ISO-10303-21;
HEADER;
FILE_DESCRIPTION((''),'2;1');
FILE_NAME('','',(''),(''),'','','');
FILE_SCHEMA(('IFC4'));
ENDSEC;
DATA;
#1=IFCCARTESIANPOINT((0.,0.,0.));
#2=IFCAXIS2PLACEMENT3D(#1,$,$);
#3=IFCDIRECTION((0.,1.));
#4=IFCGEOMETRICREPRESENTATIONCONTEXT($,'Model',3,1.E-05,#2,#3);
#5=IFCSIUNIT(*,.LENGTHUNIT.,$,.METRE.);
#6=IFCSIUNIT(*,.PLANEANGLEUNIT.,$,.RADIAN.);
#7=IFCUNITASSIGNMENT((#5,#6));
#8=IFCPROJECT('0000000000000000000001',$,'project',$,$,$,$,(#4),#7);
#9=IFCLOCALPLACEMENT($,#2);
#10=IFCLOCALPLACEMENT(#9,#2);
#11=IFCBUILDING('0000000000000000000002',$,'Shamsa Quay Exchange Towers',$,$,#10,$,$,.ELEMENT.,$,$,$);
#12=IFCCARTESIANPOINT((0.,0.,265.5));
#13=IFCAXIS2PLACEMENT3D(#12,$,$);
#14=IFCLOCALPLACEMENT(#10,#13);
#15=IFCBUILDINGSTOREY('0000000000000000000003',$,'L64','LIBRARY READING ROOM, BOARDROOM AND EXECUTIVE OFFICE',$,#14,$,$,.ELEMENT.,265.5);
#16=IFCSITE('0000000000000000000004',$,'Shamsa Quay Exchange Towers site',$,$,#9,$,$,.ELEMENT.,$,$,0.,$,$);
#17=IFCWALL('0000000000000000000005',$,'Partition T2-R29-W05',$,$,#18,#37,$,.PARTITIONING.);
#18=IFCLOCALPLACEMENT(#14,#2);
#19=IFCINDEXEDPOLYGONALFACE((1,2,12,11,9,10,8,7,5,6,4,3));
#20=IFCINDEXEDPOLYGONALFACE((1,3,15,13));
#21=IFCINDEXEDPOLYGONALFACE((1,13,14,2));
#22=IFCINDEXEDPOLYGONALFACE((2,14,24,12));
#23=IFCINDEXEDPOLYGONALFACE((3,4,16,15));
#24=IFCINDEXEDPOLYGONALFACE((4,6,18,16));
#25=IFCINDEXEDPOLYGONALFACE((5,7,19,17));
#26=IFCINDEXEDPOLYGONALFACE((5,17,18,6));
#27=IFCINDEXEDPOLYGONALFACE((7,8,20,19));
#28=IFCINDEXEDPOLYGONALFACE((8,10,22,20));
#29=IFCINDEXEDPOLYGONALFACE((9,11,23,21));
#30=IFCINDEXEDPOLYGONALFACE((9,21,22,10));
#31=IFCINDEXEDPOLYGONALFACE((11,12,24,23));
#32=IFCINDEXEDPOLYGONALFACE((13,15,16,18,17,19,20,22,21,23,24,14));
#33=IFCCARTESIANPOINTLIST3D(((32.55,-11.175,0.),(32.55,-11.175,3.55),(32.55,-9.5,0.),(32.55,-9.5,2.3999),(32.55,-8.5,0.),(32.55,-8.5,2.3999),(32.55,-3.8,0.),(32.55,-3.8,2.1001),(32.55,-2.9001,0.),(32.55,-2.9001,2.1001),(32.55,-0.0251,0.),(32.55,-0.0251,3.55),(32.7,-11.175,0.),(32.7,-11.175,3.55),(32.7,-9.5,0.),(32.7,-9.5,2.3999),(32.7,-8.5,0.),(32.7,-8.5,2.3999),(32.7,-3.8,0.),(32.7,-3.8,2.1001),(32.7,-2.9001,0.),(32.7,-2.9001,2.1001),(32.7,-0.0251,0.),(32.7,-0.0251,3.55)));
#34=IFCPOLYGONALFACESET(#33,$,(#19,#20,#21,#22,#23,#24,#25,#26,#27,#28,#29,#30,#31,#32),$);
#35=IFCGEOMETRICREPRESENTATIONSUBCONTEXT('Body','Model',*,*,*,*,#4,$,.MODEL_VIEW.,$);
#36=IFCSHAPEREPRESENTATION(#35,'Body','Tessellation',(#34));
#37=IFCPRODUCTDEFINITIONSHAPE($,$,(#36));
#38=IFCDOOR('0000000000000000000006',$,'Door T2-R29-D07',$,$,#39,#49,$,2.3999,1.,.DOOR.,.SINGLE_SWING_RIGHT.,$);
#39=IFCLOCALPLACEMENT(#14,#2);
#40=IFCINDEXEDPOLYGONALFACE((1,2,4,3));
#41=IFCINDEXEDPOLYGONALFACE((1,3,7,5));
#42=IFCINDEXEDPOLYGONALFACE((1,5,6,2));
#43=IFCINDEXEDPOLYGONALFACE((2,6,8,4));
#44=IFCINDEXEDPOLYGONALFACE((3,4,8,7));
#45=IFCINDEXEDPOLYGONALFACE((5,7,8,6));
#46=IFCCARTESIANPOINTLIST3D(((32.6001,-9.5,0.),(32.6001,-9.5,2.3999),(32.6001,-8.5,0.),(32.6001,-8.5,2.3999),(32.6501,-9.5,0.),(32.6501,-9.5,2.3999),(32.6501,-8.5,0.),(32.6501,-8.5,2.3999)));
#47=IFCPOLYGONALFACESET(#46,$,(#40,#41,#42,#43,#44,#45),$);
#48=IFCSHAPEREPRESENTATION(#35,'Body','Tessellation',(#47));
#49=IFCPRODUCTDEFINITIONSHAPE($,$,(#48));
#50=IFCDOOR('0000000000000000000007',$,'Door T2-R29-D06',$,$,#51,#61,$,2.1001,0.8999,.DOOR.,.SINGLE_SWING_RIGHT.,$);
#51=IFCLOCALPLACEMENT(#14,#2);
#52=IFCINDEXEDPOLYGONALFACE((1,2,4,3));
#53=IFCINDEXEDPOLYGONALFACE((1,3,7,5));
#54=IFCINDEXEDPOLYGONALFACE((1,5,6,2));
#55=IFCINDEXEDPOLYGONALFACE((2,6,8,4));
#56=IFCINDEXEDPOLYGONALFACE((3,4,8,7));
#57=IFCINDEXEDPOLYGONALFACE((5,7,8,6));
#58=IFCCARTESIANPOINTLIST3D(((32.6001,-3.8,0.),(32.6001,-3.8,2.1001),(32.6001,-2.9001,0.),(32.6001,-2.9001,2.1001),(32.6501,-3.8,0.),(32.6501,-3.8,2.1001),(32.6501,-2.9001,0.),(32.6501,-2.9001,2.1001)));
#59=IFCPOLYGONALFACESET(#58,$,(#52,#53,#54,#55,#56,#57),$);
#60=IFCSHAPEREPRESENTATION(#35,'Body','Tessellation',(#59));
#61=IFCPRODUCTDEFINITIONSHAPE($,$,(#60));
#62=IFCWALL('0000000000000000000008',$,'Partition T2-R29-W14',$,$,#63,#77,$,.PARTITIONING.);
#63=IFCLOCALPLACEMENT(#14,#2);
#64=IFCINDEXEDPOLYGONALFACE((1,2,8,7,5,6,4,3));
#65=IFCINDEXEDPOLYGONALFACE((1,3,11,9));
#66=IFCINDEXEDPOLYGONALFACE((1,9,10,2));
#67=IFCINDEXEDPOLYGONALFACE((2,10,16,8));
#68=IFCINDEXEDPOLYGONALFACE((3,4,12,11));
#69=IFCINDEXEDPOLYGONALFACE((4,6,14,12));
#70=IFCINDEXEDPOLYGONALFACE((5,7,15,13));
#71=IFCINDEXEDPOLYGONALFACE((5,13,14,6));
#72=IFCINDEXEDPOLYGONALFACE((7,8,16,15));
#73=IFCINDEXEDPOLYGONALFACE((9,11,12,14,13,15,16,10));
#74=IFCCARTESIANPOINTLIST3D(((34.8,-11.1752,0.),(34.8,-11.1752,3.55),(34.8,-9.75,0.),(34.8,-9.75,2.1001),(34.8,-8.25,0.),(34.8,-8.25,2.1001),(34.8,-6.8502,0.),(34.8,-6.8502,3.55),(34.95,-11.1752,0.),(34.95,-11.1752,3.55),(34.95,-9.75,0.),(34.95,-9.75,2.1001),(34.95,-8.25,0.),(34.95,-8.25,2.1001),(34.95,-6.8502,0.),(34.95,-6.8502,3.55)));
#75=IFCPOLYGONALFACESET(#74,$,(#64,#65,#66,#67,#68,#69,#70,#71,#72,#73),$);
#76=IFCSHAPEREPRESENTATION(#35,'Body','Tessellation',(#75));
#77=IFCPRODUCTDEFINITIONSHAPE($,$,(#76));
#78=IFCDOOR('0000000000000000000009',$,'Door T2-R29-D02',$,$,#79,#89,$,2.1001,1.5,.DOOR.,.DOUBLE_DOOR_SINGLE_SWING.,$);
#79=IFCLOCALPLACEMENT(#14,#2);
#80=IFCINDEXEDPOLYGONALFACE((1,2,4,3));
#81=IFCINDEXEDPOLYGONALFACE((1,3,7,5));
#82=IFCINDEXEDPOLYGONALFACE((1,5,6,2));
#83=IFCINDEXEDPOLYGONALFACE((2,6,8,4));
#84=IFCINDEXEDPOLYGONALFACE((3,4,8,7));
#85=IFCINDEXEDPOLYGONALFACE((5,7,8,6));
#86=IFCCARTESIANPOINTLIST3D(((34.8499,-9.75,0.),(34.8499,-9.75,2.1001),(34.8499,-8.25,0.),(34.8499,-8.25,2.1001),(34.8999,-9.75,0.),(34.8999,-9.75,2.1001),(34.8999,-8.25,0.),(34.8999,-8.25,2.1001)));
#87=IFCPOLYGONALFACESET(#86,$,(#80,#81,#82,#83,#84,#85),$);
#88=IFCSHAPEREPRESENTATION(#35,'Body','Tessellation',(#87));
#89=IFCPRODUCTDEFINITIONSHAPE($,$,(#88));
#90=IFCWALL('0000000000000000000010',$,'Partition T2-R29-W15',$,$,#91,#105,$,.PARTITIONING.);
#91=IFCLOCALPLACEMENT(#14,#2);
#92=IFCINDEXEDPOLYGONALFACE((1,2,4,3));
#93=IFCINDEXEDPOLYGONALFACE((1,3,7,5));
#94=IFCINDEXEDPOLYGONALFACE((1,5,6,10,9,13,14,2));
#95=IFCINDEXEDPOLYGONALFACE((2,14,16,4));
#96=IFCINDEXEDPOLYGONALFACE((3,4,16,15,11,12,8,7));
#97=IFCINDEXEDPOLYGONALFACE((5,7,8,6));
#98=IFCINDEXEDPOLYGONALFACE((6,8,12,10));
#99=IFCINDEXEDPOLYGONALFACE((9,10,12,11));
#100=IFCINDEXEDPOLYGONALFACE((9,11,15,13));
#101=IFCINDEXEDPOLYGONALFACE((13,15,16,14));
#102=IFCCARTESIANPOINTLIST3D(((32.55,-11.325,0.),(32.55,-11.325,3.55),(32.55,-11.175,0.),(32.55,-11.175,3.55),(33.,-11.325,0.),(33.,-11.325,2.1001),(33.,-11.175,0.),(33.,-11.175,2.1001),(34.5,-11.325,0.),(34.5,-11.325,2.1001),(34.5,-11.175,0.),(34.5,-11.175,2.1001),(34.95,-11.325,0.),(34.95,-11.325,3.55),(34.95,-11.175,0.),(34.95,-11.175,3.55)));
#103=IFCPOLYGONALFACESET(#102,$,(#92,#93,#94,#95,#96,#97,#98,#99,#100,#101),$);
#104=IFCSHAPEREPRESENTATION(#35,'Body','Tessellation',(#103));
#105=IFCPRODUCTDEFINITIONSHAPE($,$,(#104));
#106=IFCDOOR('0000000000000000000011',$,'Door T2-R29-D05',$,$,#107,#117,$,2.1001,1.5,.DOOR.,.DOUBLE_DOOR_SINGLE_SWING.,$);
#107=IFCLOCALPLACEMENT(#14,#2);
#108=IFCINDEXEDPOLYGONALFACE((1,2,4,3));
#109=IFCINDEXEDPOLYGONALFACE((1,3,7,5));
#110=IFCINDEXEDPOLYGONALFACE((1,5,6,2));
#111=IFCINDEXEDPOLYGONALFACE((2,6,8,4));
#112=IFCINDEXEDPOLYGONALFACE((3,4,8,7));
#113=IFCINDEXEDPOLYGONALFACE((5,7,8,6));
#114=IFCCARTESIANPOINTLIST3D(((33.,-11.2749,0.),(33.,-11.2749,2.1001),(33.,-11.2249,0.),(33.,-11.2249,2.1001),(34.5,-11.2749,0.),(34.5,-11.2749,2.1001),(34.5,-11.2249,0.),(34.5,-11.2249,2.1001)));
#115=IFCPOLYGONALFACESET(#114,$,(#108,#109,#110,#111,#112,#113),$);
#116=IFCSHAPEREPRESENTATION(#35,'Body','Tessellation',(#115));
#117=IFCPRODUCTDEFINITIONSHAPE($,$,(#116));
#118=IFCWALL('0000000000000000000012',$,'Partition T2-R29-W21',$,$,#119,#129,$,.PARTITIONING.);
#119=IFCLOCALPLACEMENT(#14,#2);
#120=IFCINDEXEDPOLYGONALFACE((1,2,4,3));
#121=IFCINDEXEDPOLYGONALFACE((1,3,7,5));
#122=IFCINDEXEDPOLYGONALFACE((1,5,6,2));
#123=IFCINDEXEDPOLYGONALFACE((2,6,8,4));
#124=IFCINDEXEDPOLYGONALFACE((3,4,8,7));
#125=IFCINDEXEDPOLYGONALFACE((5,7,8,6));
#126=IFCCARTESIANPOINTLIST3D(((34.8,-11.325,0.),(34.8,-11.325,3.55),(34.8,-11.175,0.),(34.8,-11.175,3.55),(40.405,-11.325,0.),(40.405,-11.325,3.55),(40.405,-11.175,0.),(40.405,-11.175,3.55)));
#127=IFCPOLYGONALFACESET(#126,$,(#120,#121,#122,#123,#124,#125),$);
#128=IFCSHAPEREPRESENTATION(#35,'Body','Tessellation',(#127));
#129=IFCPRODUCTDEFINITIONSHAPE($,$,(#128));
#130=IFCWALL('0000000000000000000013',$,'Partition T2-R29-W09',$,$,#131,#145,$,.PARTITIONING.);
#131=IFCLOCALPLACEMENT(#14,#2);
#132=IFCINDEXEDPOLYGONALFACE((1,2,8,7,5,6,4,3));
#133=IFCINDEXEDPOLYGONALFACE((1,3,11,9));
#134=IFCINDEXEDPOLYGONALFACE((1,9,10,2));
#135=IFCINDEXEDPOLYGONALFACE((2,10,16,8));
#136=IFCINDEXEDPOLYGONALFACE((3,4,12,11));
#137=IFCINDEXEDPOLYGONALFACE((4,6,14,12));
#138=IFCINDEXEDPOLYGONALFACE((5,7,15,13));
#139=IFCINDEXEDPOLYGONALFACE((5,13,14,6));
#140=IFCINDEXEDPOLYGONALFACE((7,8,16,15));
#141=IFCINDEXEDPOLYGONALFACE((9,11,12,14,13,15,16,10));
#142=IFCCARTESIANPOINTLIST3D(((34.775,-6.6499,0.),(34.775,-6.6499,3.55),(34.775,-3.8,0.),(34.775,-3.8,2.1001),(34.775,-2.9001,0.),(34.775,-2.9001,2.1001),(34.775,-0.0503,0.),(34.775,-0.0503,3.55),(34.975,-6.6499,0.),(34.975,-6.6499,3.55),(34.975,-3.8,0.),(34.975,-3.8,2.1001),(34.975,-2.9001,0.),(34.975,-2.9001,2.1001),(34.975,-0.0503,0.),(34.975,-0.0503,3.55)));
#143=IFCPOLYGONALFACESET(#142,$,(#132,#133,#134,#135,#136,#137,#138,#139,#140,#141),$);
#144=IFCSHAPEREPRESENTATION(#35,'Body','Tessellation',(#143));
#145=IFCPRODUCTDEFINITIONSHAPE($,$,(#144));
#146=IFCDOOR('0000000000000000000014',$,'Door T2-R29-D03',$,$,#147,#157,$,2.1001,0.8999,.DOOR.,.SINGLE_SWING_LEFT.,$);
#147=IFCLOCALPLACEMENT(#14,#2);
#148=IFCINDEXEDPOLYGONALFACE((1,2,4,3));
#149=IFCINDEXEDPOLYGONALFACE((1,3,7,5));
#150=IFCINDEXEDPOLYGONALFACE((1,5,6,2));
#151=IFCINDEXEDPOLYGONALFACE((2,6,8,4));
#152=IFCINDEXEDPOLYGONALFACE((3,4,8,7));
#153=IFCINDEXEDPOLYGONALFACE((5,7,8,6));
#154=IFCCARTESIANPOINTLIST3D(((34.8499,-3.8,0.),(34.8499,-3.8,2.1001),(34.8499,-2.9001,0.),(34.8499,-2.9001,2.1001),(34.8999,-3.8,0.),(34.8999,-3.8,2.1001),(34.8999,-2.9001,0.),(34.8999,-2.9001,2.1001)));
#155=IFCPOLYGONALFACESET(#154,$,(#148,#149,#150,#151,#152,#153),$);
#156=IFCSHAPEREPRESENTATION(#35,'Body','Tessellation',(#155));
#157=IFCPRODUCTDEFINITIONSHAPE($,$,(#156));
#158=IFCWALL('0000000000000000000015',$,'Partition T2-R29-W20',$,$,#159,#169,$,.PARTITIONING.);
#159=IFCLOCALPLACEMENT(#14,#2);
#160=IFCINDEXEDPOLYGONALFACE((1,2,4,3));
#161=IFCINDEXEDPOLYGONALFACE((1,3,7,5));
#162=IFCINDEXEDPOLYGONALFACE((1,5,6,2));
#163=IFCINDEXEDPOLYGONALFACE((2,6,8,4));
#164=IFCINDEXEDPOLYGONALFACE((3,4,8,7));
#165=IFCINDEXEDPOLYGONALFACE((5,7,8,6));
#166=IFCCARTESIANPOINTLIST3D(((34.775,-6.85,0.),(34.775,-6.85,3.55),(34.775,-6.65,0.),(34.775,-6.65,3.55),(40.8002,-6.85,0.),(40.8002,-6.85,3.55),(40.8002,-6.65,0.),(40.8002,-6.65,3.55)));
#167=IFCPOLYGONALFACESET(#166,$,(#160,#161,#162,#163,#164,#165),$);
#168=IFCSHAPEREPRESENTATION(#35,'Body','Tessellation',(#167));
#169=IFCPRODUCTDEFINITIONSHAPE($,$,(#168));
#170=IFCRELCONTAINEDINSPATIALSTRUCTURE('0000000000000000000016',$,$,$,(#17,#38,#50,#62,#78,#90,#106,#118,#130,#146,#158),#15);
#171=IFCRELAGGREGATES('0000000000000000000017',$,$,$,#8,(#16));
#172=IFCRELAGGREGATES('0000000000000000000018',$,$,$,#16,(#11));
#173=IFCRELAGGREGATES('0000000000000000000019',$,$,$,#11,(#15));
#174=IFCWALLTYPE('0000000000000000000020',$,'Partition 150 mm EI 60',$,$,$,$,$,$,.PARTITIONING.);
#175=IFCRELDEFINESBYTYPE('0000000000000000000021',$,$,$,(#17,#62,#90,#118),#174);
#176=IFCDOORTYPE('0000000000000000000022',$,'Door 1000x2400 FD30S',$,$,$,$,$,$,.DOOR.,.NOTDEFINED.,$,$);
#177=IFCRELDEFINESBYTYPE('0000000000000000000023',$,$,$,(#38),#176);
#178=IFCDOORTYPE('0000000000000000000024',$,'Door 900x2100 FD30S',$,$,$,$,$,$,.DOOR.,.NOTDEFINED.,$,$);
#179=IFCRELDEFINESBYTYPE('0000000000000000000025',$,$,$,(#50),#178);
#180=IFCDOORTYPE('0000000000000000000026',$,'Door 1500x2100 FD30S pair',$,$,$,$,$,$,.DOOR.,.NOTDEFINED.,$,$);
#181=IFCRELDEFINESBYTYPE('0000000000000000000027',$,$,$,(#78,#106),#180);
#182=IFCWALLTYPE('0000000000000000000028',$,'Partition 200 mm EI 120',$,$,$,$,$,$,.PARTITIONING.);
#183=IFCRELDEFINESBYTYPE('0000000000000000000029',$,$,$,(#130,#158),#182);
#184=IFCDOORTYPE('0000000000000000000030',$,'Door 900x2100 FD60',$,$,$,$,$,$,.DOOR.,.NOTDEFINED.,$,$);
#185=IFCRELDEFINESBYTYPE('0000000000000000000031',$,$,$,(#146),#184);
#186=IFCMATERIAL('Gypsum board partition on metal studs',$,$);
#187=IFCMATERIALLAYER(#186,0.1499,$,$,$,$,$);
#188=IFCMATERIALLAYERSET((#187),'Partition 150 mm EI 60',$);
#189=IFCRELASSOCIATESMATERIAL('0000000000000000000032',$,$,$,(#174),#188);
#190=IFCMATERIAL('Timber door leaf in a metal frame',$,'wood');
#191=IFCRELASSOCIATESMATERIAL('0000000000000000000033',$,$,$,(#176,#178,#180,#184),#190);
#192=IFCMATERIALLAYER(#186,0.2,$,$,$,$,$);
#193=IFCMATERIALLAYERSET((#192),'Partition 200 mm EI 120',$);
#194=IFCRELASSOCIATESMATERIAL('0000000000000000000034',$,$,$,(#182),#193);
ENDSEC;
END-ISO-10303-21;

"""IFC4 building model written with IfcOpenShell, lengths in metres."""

from ifc_helpers import new_model, si_unit, direction, frame, frame_2d, origin, place, context, subcontext, project, spatial, rectangle, extrude, material, layer, layer_set, type_object, element, fill, save


model = new_model("IFC4")

# Units and contexts
model_context = context("Model", 3, precision=1e-05, world=origin(), true_north=direction((0.0, 1.0)))
body_context = subcontext(model_context, "Body", "Model", "MODEL_VIEW")
ifc_project = project(units=[si_unit("LENGTHUNIT", "METRE"), si_unit("PLANEANGLEUNIT", "RADIAN")], contexts=[model_context])

# Site, building, storey
site_placement = place(None, origin())
site = spatial("IfcSite", under=ifc_project, at=site_placement, Name="Shamsa Quay Exchange Towers site", CompositionType="ELEMENT", RefElevation=0.0)
building_placement = place(site_placement, origin())
building = spatial("IfcBuilding", under=site, at=building_placement, Name="Shamsa Quay Exchange Towers", CompositionType="ELEMENT")
storey_placement = place(building_placement, frame((0.0, 0.0, 265.5)))
storey = spatial("IfcBuildingStorey", under=building, at=storey_placement, Name="L64", Description="LIBRARY READING ROOM, BOARDROOM AND EXECUTIVE OFFICE", CompositionType="ELEMENT", Elevation=265.5)

# Wall, openings, doors
ifc_material_1 = material(Name="Gypsum board partition on metal studs")
ifc_layer_1 = layer(ifc_material_1, 0.1499)
ifc_layer_set_1 = layer_set([ifc_layer_1], Name="Partition 150 mm EI 60")
wall_type_1 = type_object("IfcWallType", Name="Partition 150 mm EI 60", PredefinedType="PARTITIONING", material=ifc_layer_set_1)
wall_1_placement = place(storey_placement, frame((32.625, -11.175, 0.0), z_axis=(0.0, 0.0, 1.0), x_axis=(0.0, 1.0, 0.0)))
wall_1 = element("IfcWall", 1, at=wall_1_placement, inside=storey, type_object=wall_type_1, Name="Partition T2-R29-W05", PredefinedType="PARTITIONING", context=body_context, shape_type="SweptSolid", body=[
    extrude(rectangle(XDim=11.1499, YDim=0.1499, at=frame_2d((5.575, 0.0))), origin(), (0.0, 0.0, 1.0), 3.55),
])
opening_1_placement = place(wall_1_placement, frame((7.375, 0.0, 0.0)))
opening_1 = element("IfcOpeningElement", 2, at=opening_1_placement, cuts=wall_1, PredefinedType="OPENING", context=body_context, shape_type="SweptSolid", body=[
    extrude(rectangle(XDim=0.8999, YDim=2.1001, at=frame_2d((0.45, 1.05))), frame((0.0, 0.085, 0.0), z_axis=(0.0, -1.0, 0.0), x_axis=(1.0, 0.0, 0.0)), (0.0, 0.0, 1.0), 0.1699),
])
opening_2_placement = place(wall_1_placement, frame((1.675, 0.0, 0.0)))
opening_2 = element("IfcOpeningElement", 3, at=opening_2_placement, cuts=wall_1, PredefinedType="OPENING", context=body_context, shape_type="SweptSolid", body=[
    extrude(rectangle(XDim=1.0, YDim=2.3999, at=frame_2d((0.5, 1.2))), frame((0.0, 0.085, 0.0), z_axis=(0.0, -1.0, 0.0), x_axis=(1.0, 0.0, 0.0)), (0.0, 0.0, 1.0), 0.1699),
])
ifc_material_2 = material(Name="Timber door leaf in a metal frame", Category="wood")
door_type_1 = type_object("IfcDoorType", Name="Door 1000x2400 FD30S", OperationType="NOTDEFINED", PredefinedType="DOOR", material=ifc_material_2)
door_1_placement = place(opening_2_placement, origin())
door_1 = element("IfcDoor", 4, at=door_1_placement, inside=storey, type_object=door_type_1, Name="Door T2-R29-D07", OperationType="SINGLE_SWING_RIGHT", OverallHeight=2.3999, OverallWidth=1.0, PredefinedType="DOOR", context=body_context, shape_type="SweptSolid", body=[
    extrude(rectangle(XDim=1.0, YDim=2.3999, at=frame_2d((0.5, 1.2))), frame((0.0, 0.0249, 0.0), z_axis=(0.0, -1.0, 0.0), x_axis=(1.0, 0.0, 0.0)), (0.0, 0.0, 1.0), 0.05),
])
fill(opening_2, door_1)
door_type_2 = type_object("IfcDoorType", Name="Door 900x2100 FD30S", OperationType="NOTDEFINED", PredefinedType="DOOR", material=ifc_material_2)
door_2_placement = place(opening_1_placement, origin())
door_2 = element("IfcDoor", 5, at=door_2_placement, inside=storey, type_object=door_type_2, Name="Door T2-R29-D06", OperationType="SINGLE_SWING_RIGHT", OverallHeight=2.1001, OverallWidth=0.8999, PredefinedType="DOOR", context=body_context, shape_type="SweptSolid", body=[
    extrude(rectangle(XDim=0.8999, YDim=2.1001, at=frame_2d((0.45, 1.05))), frame((0.0, 0.0249, 0.0), z_axis=(0.0, -1.0, 0.0), x_axis=(1.0, 0.0, 0.0)), (0.0, 0.0, 1.0), 0.05),
])
fill(opening_1, door_2)

# Walls, openings, doors
wall_2_placement = place(storey_placement, frame((34.875, -6.8501, 0.0), z_axis=(0.0, 0.0, 1.0), x_axis=(0.0, -1.0, 0.0)))
wall_2 = element("IfcWall", 6, at=wall_2_placement, inside=storey, type_object=wall_type_1, Name="Partition T2-R29-W14", PredefinedType="PARTITIONING", context=body_context, shape_type="SweptSolid", body=[
    extrude(rectangle(XDim=4.325, YDim=0.1499, at=frame_2d((2.1626, 0.0))), origin(), (0.0, 0.0, 1.0), 3.55),
])
opening_3_placement = place(wall_2_placement, frame((1.3999, 0.0, 0.0)))
opening_3 = element("IfcOpeningElement", 7, at=opening_3_placement, cuts=wall_2, PredefinedType="OPENING", context=body_context, shape_type="SweptSolid", body=[
    extrude(rectangle(XDim=1.5, YDim=2.1001, at=frame_2d((0.75, 1.05))), frame((0.0, 0.085, 0.0), z_axis=(0.0, -1.0, 0.0), x_axis=(1.0, 0.0, 0.0)), (0.0, 0.0, 1.0), 0.1699),
])
door_type_3 = type_object("IfcDoorType", Name="Door 1500x2100 FD30S pair", OperationType="NOTDEFINED", PredefinedType="DOOR", material=ifc_material_2)
door_3_placement = place(opening_3_placement, origin())
door_3 = element("IfcDoor", 8, at=door_3_placement, inside=storey, type_object=door_type_3, Name="Door T2-R29-D02", OperationType="DOUBLE_DOOR_SINGLE_SWING", OverallHeight=2.1001, OverallWidth=1.5, PredefinedType="DOOR", context=body_context, shape_type="SweptSolid", body=[
    extrude(rectangle(XDim=1.5, YDim=2.1001, at=frame_2d((0.75, 1.05))), frame((0.0, 0.0249, 0.0), z_axis=(0.0, -1.0, 0.0), x_axis=(1.0, 0.0, 0.0)), (0.0, 0.0, 1.0), 0.05),
])
fill(opening_3, door_3)
wall_3_placement = place(storey_placement, frame((34.95, -11.25, 0.0), z_axis=(0.0, 0.0, 1.0), x_axis=(-1.0, 0.0, 0.0)))
wall_3 = element("IfcWall", 9, at=wall_3_placement, inside=storey, type_object=wall_type_1, Name="Partition T2-R29-W15", PredefinedType="PARTITIONING", context=body_context, shape_type="SweptSolid", body=[
    extrude(rectangle(XDim=2.3999, YDim=0.1499, at=frame_2d((1.2, 0.0))), origin(), (0.0, 0.0, 1.0), 3.55),
])
opening_4_placement = place(wall_3_placement, frame((0.45, 0.0, 0.0)))
opening_4 = element("IfcOpeningElement", 10, at=opening_4_placement, cuts=wall_3, PredefinedType="OPENING", context=body_context, shape_type="SweptSolid", body=[
    extrude(rectangle(XDim=1.5, YDim=2.1001, at=frame_2d((0.75, 1.05))), frame((0.0, 0.085, 0.0), z_axis=(0.0, -1.0, 0.0), x_axis=(1.0, 0.0, 0.0)), (0.0, 0.0, 1.0), 0.1699),
])
door_4_placement = place(opening_4_placement, origin())
door_4 = element("IfcDoor", 11, at=door_4_placement, inside=storey, type_object=door_type_3, Name="Door T2-R29-D05", OperationType="DOUBLE_DOOR_SINGLE_SWING", OverallHeight=2.1001, OverallWidth=1.5, PredefinedType="DOOR", context=body_context, shape_type="SweptSolid", body=[
    extrude(rectangle(XDim=1.5, YDim=2.1001, at=frame_2d((0.75, 1.05))), frame((0.0, 0.0249, 0.0), z_axis=(0.0, -1.0, 0.0), x_axis=(1.0, 0.0, 0.0)), (0.0, 0.0, 1.0), 0.05),
])
fill(opening_4, door_4)

# Wall
wall_4_placement = place(storey_placement, frame((34.8, -11.25, 0.0)))
element("IfcWall", 12, at=wall_4_placement, inside=storey, type_object=wall_type_1, Name="Partition T2-R29-W21", PredefinedType="PARTITIONING", context=body_context, shape_type="SweptSolid", body=[
    extrude(rectangle(XDim=5.605, YDim=0.1499, at=frame_2d((2.8025, 0.0))), origin(), (0.0, 0.0, 1.0), 3.55),
])

# Wall, opening, door
ifc_layer_2 = layer(ifc_material_1, 0.2)
ifc_layer_set_2 = layer_set([ifc_layer_2], Name="Partition 200 mm EI 120")
wall_type_2 = type_object("IfcWallType", Name="Partition 200 mm EI 120", PredefinedType="PARTITIONING", material=ifc_layer_set_2)
wall_5_placement = place(storey_placement, frame((34.875, -0.0503, 0.0), z_axis=(0.0, 0.0, 1.0), x_axis=(0.0, -1.0, 0.0)))
wall_5 = element("IfcWall", 13, at=wall_5_placement, inside=storey, type_object=wall_type_2, Name="Partition T2-R29-W09", PredefinedType="PARTITIONING", context=body_context, shape_type="SweptSolid", body=[
    extrude(rectangle(XDim=6.5996, YDim=0.2, at=frame_2d((3.2998, 0.0))), origin(), (0.0, 0.0, 1.0), 3.55),
])
opening_5_placement = place(wall_5_placement, frame((2.8499, 0.0, 0.0)))
opening_5 = element("IfcOpeningElement", 14, at=opening_5_placement, cuts=wall_5, PredefinedType="OPENING", context=body_context, shape_type="SweptSolid", body=[
    extrude(rectangle(XDim=0.8999, YDim=2.1001, at=frame_2d((0.45, 1.05))), frame((0.0, 0.1099, 0.0), z_axis=(0.0, -1.0, 0.0), x_axis=(1.0, 0.0, 0.0)), (0.0, 0.0, 1.0), 0.22),
])
door_type_4 = type_object("IfcDoorType", Name="Door 900x2100 FD60", OperationType="NOTDEFINED", PredefinedType="DOOR", material=ifc_material_2)
door_5_placement = place(opening_5_placement, origin())
door_5 = element("IfcDoor", 15, at=door_5_placement, inside=storey, type_object=door_type_4, Name="Door T2-R29-D03", OperationType="SINGLE_SWING_LEFT", OverallHeight=2.1001, OverallWidth=0.8999, PredefinedType="DOOR", context=body_context, shape_type="SweptSolid", body=[
    extrude(rectangle(XDim=0.8999, YDim=2.1001, at=frame_2d((0.45, 1.05))), frame((0.0, 0.0249, 0.0), z_axis=(0.0, -1.0, 0.0), x_axis=(1.0, 0.0, 0.0)), (0.0, 0.0, 1.0), 0.05),
])
fill(opening_5, door_5)

# Wall
wall_6_placement = place(storey_placement, frame((34.7749, -6.75, 0.0)))
element("IfcWall", 16, at=wall_6_placement, inside=storey, type_object=wall_type_2, Name="Partition T2-R29-W20", PredefinedType="PARTITIONING", context=body_context, shape_type="SweptSolid", body=[
    extrude(rectangle(XDim=6.0251, YDim=0.2, at=frame_2d((3.0127, 0.0))), origin(), (0.0, 0.0, 1.0), 3.55),
])

save(model, "model.ifc")
